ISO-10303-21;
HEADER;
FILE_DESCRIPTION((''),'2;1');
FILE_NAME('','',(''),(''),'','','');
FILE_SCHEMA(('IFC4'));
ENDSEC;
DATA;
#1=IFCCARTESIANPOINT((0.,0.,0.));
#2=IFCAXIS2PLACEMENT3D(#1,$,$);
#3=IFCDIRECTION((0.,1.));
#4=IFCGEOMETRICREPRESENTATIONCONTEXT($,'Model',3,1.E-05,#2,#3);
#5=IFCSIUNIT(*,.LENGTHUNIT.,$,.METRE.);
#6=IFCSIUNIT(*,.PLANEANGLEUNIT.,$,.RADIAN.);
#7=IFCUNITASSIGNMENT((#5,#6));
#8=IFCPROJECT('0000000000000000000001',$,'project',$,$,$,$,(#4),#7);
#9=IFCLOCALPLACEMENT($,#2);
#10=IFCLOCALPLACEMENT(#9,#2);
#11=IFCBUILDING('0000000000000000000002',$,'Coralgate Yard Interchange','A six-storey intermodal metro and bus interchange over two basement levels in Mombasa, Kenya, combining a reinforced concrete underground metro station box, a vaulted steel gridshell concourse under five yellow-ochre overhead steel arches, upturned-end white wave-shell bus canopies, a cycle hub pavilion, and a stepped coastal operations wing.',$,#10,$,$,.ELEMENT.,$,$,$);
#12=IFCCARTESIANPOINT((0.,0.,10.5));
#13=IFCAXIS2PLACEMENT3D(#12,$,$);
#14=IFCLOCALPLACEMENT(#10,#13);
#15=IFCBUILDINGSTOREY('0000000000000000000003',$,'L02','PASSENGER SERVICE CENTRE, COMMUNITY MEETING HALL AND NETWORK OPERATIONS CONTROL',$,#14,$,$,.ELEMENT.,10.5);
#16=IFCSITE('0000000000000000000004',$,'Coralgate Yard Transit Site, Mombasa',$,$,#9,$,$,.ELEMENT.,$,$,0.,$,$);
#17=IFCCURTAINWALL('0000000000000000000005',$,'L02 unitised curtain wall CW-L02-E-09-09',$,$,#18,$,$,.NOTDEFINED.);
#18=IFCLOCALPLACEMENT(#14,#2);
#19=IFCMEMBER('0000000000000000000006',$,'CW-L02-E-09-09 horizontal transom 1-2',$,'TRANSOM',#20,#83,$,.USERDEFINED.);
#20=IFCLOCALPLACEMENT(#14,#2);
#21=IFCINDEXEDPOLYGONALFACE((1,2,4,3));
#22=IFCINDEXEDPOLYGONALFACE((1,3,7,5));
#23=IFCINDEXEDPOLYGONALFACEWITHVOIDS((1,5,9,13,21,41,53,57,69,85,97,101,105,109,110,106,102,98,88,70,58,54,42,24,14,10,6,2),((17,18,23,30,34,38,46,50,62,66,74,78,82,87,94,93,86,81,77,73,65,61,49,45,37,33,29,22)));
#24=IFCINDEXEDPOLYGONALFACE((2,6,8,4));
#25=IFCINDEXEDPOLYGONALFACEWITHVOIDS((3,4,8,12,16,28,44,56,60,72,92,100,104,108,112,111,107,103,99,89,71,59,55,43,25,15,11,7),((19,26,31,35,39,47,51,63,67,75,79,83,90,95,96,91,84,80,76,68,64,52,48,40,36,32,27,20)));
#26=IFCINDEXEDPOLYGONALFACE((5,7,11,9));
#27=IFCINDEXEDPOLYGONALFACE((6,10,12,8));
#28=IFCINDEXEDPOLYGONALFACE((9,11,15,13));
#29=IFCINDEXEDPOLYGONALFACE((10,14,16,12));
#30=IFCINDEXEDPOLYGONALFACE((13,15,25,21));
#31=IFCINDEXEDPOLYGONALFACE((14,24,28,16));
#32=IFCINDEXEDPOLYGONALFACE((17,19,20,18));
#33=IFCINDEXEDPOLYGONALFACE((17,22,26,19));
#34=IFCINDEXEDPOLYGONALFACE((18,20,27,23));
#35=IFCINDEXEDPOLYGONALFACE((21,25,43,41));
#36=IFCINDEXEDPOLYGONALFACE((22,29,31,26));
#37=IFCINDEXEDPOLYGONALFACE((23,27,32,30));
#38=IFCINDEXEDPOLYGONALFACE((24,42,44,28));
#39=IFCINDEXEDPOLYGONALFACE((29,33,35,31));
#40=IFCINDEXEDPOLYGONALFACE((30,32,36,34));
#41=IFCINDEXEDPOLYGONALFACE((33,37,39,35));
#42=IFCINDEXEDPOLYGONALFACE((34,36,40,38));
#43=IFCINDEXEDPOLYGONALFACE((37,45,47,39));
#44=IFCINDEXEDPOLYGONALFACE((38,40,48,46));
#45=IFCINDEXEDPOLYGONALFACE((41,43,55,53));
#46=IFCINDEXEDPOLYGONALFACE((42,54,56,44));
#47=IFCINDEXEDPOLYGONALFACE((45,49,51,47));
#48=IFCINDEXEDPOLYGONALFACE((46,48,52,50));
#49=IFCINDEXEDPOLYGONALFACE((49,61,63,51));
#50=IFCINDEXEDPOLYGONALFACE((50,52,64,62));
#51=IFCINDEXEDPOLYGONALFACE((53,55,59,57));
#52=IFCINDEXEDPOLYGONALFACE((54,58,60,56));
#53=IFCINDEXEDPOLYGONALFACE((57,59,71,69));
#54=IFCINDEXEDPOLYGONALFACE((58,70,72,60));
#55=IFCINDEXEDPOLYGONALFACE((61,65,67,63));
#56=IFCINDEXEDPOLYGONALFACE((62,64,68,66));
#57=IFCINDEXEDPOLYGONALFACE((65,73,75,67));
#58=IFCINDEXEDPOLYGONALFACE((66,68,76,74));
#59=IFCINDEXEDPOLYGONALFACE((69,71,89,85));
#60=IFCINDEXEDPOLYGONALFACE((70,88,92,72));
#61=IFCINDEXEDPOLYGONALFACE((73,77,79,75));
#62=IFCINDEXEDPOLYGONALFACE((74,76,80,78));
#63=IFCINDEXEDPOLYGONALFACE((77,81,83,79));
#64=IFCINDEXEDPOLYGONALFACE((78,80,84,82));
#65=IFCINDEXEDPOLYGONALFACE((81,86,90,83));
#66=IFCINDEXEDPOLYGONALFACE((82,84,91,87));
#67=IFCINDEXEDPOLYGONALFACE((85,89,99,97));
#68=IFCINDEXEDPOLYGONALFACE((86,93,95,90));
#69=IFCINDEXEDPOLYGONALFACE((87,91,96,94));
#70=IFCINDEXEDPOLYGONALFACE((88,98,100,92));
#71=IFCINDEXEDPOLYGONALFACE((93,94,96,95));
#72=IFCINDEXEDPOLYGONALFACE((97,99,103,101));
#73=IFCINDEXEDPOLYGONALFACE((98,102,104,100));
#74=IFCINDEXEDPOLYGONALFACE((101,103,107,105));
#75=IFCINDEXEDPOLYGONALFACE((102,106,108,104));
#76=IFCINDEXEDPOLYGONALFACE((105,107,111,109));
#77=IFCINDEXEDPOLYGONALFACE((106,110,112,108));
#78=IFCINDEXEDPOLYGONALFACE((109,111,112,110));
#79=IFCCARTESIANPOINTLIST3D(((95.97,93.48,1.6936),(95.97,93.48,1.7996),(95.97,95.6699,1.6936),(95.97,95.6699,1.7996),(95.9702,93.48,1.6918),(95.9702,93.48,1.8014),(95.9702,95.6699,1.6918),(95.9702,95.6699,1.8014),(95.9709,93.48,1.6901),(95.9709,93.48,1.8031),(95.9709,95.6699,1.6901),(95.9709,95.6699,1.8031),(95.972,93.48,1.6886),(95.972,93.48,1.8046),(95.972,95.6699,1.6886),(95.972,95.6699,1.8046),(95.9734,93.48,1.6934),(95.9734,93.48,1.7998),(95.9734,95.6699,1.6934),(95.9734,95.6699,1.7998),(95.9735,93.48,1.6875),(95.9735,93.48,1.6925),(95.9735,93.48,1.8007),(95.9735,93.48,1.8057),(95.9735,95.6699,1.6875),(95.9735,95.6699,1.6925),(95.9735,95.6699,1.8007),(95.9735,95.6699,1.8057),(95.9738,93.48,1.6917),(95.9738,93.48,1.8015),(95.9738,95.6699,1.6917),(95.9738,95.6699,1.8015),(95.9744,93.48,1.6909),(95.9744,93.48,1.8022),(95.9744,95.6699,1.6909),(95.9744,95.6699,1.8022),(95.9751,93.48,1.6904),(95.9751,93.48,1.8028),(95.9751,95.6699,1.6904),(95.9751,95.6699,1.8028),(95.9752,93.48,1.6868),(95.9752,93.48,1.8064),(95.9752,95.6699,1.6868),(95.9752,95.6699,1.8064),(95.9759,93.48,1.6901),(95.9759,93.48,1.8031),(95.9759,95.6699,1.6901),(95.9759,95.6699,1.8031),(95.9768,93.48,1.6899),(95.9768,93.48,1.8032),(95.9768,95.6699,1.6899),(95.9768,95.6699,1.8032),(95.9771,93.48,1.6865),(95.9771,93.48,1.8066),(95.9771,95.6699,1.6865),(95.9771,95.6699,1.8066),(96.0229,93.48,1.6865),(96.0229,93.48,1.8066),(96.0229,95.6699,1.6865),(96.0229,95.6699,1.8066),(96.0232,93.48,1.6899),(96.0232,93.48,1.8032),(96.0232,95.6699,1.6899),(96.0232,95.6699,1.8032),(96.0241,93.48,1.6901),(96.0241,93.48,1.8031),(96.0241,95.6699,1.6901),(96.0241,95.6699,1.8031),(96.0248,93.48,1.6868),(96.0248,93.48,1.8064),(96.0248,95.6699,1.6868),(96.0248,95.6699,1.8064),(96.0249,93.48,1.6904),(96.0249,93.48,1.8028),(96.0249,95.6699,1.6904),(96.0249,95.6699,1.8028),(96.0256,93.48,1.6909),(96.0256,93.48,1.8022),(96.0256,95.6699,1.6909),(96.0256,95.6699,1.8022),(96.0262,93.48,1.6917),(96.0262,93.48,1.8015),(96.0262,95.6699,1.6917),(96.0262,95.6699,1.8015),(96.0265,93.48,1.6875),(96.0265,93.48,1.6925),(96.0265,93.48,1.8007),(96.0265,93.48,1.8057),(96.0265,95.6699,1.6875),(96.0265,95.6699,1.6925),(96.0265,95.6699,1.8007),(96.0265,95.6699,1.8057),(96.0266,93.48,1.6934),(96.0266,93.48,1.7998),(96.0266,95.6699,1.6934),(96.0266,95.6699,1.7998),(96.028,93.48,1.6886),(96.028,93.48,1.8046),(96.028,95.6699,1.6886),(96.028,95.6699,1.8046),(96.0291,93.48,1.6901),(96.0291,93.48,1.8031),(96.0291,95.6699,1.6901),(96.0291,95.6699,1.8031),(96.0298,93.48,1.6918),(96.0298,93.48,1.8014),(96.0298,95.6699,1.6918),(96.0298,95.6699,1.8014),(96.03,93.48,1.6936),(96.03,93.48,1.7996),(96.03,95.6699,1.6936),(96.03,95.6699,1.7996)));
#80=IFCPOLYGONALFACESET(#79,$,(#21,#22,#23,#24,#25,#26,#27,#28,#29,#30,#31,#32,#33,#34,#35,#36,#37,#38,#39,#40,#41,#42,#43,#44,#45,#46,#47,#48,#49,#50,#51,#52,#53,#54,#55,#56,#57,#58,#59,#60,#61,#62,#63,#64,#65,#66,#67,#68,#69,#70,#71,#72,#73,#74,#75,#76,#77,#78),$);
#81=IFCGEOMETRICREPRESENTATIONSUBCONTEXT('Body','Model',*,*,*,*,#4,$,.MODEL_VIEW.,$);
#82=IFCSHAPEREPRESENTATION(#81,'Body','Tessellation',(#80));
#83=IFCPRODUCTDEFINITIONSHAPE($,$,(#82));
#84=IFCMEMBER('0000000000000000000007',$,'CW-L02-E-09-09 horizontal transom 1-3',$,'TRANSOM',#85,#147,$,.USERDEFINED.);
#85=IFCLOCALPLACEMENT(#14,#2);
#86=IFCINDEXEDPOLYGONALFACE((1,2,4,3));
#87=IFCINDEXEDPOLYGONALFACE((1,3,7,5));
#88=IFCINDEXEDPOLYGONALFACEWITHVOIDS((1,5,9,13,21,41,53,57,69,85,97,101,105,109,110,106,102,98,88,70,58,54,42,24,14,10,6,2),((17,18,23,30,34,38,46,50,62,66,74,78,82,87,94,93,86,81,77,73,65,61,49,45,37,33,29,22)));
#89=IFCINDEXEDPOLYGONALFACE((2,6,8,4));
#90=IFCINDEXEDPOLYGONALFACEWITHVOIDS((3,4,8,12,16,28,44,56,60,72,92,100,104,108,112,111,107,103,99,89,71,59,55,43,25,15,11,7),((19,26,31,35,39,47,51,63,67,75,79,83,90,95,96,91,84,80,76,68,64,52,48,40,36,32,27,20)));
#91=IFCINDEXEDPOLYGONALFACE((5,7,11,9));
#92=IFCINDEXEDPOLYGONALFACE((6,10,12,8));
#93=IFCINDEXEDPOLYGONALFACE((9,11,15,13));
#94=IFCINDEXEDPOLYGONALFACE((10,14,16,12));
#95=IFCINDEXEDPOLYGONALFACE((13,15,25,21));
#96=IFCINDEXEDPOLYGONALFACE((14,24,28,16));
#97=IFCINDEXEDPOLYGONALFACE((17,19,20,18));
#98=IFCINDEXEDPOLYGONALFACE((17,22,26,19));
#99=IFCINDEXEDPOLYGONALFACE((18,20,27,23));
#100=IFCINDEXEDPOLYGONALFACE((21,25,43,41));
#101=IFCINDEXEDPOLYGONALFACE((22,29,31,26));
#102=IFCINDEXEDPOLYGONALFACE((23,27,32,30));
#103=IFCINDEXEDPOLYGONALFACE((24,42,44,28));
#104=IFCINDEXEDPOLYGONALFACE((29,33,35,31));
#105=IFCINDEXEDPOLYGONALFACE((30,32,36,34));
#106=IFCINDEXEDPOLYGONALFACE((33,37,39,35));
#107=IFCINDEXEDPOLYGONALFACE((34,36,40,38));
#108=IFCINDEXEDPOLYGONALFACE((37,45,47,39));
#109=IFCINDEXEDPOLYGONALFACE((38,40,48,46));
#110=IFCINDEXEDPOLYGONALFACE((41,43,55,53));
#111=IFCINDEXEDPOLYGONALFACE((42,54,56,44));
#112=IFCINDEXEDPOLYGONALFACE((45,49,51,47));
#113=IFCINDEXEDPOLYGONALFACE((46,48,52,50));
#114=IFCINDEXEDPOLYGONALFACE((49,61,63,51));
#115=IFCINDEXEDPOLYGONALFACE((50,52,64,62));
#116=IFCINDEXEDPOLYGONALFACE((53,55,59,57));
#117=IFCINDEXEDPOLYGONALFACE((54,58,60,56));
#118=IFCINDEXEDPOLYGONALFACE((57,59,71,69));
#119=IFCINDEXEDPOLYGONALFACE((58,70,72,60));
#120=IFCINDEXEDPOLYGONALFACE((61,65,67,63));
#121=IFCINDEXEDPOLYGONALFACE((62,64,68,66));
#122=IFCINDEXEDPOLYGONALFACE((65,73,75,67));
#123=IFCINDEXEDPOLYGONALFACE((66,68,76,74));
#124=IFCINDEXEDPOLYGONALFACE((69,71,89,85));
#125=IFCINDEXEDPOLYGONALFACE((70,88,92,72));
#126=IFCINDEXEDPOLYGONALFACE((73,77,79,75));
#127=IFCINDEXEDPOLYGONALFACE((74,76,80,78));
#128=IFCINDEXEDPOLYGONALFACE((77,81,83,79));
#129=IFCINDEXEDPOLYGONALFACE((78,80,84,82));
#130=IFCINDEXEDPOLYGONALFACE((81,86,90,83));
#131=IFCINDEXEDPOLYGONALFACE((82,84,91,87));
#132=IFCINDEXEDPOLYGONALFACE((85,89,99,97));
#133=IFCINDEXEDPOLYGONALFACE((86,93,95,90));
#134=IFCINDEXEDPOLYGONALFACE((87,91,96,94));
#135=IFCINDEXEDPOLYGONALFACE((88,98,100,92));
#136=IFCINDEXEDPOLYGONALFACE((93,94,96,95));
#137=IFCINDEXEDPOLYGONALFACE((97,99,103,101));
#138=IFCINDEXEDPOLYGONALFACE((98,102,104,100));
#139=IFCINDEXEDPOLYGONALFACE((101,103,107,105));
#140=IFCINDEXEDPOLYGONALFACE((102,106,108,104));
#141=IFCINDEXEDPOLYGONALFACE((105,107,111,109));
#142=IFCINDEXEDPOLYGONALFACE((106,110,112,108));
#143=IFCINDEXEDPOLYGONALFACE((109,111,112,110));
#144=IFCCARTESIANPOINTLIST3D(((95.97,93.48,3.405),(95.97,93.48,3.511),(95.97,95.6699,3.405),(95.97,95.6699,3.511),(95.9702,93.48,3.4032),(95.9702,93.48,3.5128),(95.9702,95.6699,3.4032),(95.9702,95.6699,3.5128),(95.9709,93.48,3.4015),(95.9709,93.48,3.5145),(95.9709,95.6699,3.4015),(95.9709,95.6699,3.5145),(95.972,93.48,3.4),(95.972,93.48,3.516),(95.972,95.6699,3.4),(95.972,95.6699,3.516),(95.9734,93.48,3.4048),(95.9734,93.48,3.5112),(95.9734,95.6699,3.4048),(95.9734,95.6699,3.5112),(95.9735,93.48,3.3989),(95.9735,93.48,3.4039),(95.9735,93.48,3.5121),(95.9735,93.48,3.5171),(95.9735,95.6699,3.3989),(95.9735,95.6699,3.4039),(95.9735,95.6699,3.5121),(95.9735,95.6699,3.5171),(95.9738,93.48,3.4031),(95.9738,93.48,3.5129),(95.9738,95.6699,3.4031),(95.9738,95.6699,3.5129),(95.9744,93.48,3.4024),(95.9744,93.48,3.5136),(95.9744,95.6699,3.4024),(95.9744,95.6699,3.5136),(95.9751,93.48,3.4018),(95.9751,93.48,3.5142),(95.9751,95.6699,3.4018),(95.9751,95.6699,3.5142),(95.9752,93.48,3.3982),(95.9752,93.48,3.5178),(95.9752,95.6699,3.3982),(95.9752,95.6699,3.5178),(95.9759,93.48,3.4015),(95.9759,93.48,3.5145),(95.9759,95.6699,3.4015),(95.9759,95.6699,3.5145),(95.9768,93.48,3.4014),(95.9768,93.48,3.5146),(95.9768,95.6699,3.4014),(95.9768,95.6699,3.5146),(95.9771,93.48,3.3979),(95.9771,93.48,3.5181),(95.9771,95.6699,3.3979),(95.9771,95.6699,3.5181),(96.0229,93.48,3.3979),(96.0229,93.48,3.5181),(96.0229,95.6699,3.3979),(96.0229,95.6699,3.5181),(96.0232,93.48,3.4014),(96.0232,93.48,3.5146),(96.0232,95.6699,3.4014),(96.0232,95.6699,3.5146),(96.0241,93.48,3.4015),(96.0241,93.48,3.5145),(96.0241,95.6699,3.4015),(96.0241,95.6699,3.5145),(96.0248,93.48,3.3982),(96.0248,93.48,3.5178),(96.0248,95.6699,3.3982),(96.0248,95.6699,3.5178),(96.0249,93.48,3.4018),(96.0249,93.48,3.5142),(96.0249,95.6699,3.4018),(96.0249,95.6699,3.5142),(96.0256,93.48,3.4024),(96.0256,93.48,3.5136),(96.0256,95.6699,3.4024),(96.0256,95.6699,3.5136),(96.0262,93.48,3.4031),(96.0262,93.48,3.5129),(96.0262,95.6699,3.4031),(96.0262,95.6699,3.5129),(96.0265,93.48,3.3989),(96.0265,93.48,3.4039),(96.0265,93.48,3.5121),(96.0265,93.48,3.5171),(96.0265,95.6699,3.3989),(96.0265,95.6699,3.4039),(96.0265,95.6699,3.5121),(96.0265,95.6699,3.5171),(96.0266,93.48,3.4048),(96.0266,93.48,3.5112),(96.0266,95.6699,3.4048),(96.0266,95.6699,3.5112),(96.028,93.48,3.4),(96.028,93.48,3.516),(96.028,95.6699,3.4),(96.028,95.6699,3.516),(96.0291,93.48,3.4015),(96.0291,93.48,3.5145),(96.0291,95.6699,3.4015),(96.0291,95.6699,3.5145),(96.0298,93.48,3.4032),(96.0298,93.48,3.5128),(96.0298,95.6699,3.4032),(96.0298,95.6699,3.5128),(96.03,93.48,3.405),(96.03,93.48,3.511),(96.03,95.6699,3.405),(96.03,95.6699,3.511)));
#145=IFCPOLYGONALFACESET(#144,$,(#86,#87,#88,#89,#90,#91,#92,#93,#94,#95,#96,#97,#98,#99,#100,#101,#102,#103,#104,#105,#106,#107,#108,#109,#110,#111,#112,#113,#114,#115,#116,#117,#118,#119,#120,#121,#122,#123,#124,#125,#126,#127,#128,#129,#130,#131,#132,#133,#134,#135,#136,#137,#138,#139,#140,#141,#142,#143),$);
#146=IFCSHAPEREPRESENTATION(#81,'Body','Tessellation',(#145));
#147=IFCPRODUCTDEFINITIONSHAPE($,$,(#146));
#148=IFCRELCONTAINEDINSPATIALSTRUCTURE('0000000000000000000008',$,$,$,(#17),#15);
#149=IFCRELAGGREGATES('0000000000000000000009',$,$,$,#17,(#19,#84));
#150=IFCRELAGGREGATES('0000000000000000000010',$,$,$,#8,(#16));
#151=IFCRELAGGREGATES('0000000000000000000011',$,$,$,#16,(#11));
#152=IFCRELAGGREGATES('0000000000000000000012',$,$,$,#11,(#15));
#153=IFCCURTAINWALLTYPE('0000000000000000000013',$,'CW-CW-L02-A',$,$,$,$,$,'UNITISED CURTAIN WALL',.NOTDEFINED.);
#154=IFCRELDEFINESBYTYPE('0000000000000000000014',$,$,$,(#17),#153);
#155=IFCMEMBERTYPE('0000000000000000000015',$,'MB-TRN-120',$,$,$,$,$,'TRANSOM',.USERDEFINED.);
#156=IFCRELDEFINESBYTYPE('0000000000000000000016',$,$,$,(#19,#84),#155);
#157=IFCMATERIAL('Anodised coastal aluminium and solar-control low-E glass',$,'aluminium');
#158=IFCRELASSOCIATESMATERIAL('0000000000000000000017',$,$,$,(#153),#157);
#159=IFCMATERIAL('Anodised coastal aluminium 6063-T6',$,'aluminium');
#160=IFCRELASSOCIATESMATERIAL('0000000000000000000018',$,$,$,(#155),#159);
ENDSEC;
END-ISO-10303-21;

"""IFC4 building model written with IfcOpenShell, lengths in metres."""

from ifc_helpers import new_model, si_unit, direction, frame, origin, origin_2d, place, context, subcontext, project, spatial, hollow_rectangle, extrude, material, material_profile, profile_set, type_object, element, aggregate, save


model = new_model("IFC4")

# Units and contexts
model_context = context("Model", 3, precision=1e-05, world=origin(), true_north=direction((0.0, 1.0)))
body_context = subcontext(model_context, "Body", "Model", "MODEL_VIEW")
ifc_project = project(units=[si_unit("LENGTHUNIT", "METRE"), si_unit("PLANEANGLEUNIT", "RADIAN")], contexts=[model_context])

# Site, building, storey
site_placement = place(None, origin())
site = spatial("IfcSite", under=ifc_project, at=site_placement, Name="Coralgate Yard Transit Site, Mombasa", CompositionType="ELEMENT", RefElevation=0.0)
building_placement = place(site_placement, origin())
building = spatial("IfcBuilding", under=site, at=building_placement, Name="Coralgate Yard Interchange", Description="A six-storey intermodal metro and bus interchange over two basement levels in Mombasa, Kenya, combining a reinforced concrete underground metro station box, a vaulted steel gridshell concourse under five yellow-ochre overhead steel arches, upturned-end white wave-shell bus canopies, a cycle hub pavilion, and a stepped coastal operations wing.", CompositionType="ELEMENT")
storey_placement = place(building_placement, frame((0.0, 0.0, 10.5)))
storey = spatial("IfcBuildingStorey", under=building, at=storey_placement, Name="L02", Description="PASSENGER SERVICE CENTRE, COMMUNITY MEETING HALL AND NETWORK OPERATIONS CONTROL", CompositionType="ELEMENT", Elevation=10.5)

# Shared definitions
ifc_material_1 = material(Name="Anodised coastal aluminium and solar-control low-E glass", Category="aluminium")
curtain_wall_type = type_object("IfcCurtainWallType", Name="CW-CW-L02-A", ElementType="UNITISED CURTAIN WALL", PredefinedType="NOTDEFINED", material=ifc_material_1)
ifc_material_2 = material(Name="Anodised coastal aluminium 6063-T6", Category="aluminium")

# Curtain wall
curtain_wall_1_placement = place(storey_placement, origin())
curtain_wall_1 = element("IfcCurtainWall", 1, at=curtain_wall_1_placement, inside=storey, type_object=curtain_wall_type, Name="L02 unitised curtain wall CW-L02-E-09-09", PredefinedType="NOTDEFINED")

# Members
ifc_material_profile_1 = material_profile(ifc_material_2, hollow_rectangle(XDim=0.0601, YDim=0.1201, WallThickness=0.0034, InnerFilletRadius=0.0034, OuterFilletRadius=0.0071, at=origin_2d()), Name="ALU 60x120x3.5")
ifc_profile_set_1 = profile_set([ifc_material_profile_1], Name="Anodised coastal aluminium 6063-T6")
member_type_1 = type_object("IfcMemberType", Name="MB-TRN-120", ElementType="TRANSOM", PredefinedType="USERDEFINED", material=ifc_profile_set_1)
member_1_placement = place(storey_placement, frame((96.0, 95.6699, 1.7466), z_axis=(0.0, -1.0, 0.0), x_axis=(1.0, 0.0, 0.0)))
member_1 = element("IfcMember", 2, at=member_1_placement, type_object=member_type_1, Name="CW-L02-E-09-09 horizontal transom 1-2", ObjectType="TRANSOM", PredefinedType="USERDEFINED", context=body_context, shape_type="SweptSolid", body=[
    extrude(hollow_rectangle(XDim=0.0601, YDim=0.1201, WallThickness=0.0034, InnerFilletRadius=0.0034, OuterFilletRadius=0.0071, at=origin_2d()), origin(), (0.0, 0.0, 1.0), 2.1899),
])
member_2_placement = place(storey_placement, frame((96.0, 95.6699, 3.458), z_axis=(0.0, -1.0, 0.0), x_axis=(1.0, 0.0, 0.0)))
member_2 = element("IfcMember", 3, at=member_2_placement, type_object=member_type_1, Name="CW-L02-E-09-09 horizontal transom 1-3", ObjectType="TRANSOM", PredefinedType="USERDEFINED", context=body_context, shape_type="SweptSolid", body=[
    extrude(hollow_rectangle(XDim=0.0601, YDim=0.1201, WallThickness=0.0034, InnerFilletRadius=0.0034, OuterFilletRadius=0.0071, at=origin_2d()), origin(), (0.0, 0.0, 1.0), 2.1899),
])

aggregate(curtain_wall_1, [member_1, member_2])

save(model, "model.ifc")
